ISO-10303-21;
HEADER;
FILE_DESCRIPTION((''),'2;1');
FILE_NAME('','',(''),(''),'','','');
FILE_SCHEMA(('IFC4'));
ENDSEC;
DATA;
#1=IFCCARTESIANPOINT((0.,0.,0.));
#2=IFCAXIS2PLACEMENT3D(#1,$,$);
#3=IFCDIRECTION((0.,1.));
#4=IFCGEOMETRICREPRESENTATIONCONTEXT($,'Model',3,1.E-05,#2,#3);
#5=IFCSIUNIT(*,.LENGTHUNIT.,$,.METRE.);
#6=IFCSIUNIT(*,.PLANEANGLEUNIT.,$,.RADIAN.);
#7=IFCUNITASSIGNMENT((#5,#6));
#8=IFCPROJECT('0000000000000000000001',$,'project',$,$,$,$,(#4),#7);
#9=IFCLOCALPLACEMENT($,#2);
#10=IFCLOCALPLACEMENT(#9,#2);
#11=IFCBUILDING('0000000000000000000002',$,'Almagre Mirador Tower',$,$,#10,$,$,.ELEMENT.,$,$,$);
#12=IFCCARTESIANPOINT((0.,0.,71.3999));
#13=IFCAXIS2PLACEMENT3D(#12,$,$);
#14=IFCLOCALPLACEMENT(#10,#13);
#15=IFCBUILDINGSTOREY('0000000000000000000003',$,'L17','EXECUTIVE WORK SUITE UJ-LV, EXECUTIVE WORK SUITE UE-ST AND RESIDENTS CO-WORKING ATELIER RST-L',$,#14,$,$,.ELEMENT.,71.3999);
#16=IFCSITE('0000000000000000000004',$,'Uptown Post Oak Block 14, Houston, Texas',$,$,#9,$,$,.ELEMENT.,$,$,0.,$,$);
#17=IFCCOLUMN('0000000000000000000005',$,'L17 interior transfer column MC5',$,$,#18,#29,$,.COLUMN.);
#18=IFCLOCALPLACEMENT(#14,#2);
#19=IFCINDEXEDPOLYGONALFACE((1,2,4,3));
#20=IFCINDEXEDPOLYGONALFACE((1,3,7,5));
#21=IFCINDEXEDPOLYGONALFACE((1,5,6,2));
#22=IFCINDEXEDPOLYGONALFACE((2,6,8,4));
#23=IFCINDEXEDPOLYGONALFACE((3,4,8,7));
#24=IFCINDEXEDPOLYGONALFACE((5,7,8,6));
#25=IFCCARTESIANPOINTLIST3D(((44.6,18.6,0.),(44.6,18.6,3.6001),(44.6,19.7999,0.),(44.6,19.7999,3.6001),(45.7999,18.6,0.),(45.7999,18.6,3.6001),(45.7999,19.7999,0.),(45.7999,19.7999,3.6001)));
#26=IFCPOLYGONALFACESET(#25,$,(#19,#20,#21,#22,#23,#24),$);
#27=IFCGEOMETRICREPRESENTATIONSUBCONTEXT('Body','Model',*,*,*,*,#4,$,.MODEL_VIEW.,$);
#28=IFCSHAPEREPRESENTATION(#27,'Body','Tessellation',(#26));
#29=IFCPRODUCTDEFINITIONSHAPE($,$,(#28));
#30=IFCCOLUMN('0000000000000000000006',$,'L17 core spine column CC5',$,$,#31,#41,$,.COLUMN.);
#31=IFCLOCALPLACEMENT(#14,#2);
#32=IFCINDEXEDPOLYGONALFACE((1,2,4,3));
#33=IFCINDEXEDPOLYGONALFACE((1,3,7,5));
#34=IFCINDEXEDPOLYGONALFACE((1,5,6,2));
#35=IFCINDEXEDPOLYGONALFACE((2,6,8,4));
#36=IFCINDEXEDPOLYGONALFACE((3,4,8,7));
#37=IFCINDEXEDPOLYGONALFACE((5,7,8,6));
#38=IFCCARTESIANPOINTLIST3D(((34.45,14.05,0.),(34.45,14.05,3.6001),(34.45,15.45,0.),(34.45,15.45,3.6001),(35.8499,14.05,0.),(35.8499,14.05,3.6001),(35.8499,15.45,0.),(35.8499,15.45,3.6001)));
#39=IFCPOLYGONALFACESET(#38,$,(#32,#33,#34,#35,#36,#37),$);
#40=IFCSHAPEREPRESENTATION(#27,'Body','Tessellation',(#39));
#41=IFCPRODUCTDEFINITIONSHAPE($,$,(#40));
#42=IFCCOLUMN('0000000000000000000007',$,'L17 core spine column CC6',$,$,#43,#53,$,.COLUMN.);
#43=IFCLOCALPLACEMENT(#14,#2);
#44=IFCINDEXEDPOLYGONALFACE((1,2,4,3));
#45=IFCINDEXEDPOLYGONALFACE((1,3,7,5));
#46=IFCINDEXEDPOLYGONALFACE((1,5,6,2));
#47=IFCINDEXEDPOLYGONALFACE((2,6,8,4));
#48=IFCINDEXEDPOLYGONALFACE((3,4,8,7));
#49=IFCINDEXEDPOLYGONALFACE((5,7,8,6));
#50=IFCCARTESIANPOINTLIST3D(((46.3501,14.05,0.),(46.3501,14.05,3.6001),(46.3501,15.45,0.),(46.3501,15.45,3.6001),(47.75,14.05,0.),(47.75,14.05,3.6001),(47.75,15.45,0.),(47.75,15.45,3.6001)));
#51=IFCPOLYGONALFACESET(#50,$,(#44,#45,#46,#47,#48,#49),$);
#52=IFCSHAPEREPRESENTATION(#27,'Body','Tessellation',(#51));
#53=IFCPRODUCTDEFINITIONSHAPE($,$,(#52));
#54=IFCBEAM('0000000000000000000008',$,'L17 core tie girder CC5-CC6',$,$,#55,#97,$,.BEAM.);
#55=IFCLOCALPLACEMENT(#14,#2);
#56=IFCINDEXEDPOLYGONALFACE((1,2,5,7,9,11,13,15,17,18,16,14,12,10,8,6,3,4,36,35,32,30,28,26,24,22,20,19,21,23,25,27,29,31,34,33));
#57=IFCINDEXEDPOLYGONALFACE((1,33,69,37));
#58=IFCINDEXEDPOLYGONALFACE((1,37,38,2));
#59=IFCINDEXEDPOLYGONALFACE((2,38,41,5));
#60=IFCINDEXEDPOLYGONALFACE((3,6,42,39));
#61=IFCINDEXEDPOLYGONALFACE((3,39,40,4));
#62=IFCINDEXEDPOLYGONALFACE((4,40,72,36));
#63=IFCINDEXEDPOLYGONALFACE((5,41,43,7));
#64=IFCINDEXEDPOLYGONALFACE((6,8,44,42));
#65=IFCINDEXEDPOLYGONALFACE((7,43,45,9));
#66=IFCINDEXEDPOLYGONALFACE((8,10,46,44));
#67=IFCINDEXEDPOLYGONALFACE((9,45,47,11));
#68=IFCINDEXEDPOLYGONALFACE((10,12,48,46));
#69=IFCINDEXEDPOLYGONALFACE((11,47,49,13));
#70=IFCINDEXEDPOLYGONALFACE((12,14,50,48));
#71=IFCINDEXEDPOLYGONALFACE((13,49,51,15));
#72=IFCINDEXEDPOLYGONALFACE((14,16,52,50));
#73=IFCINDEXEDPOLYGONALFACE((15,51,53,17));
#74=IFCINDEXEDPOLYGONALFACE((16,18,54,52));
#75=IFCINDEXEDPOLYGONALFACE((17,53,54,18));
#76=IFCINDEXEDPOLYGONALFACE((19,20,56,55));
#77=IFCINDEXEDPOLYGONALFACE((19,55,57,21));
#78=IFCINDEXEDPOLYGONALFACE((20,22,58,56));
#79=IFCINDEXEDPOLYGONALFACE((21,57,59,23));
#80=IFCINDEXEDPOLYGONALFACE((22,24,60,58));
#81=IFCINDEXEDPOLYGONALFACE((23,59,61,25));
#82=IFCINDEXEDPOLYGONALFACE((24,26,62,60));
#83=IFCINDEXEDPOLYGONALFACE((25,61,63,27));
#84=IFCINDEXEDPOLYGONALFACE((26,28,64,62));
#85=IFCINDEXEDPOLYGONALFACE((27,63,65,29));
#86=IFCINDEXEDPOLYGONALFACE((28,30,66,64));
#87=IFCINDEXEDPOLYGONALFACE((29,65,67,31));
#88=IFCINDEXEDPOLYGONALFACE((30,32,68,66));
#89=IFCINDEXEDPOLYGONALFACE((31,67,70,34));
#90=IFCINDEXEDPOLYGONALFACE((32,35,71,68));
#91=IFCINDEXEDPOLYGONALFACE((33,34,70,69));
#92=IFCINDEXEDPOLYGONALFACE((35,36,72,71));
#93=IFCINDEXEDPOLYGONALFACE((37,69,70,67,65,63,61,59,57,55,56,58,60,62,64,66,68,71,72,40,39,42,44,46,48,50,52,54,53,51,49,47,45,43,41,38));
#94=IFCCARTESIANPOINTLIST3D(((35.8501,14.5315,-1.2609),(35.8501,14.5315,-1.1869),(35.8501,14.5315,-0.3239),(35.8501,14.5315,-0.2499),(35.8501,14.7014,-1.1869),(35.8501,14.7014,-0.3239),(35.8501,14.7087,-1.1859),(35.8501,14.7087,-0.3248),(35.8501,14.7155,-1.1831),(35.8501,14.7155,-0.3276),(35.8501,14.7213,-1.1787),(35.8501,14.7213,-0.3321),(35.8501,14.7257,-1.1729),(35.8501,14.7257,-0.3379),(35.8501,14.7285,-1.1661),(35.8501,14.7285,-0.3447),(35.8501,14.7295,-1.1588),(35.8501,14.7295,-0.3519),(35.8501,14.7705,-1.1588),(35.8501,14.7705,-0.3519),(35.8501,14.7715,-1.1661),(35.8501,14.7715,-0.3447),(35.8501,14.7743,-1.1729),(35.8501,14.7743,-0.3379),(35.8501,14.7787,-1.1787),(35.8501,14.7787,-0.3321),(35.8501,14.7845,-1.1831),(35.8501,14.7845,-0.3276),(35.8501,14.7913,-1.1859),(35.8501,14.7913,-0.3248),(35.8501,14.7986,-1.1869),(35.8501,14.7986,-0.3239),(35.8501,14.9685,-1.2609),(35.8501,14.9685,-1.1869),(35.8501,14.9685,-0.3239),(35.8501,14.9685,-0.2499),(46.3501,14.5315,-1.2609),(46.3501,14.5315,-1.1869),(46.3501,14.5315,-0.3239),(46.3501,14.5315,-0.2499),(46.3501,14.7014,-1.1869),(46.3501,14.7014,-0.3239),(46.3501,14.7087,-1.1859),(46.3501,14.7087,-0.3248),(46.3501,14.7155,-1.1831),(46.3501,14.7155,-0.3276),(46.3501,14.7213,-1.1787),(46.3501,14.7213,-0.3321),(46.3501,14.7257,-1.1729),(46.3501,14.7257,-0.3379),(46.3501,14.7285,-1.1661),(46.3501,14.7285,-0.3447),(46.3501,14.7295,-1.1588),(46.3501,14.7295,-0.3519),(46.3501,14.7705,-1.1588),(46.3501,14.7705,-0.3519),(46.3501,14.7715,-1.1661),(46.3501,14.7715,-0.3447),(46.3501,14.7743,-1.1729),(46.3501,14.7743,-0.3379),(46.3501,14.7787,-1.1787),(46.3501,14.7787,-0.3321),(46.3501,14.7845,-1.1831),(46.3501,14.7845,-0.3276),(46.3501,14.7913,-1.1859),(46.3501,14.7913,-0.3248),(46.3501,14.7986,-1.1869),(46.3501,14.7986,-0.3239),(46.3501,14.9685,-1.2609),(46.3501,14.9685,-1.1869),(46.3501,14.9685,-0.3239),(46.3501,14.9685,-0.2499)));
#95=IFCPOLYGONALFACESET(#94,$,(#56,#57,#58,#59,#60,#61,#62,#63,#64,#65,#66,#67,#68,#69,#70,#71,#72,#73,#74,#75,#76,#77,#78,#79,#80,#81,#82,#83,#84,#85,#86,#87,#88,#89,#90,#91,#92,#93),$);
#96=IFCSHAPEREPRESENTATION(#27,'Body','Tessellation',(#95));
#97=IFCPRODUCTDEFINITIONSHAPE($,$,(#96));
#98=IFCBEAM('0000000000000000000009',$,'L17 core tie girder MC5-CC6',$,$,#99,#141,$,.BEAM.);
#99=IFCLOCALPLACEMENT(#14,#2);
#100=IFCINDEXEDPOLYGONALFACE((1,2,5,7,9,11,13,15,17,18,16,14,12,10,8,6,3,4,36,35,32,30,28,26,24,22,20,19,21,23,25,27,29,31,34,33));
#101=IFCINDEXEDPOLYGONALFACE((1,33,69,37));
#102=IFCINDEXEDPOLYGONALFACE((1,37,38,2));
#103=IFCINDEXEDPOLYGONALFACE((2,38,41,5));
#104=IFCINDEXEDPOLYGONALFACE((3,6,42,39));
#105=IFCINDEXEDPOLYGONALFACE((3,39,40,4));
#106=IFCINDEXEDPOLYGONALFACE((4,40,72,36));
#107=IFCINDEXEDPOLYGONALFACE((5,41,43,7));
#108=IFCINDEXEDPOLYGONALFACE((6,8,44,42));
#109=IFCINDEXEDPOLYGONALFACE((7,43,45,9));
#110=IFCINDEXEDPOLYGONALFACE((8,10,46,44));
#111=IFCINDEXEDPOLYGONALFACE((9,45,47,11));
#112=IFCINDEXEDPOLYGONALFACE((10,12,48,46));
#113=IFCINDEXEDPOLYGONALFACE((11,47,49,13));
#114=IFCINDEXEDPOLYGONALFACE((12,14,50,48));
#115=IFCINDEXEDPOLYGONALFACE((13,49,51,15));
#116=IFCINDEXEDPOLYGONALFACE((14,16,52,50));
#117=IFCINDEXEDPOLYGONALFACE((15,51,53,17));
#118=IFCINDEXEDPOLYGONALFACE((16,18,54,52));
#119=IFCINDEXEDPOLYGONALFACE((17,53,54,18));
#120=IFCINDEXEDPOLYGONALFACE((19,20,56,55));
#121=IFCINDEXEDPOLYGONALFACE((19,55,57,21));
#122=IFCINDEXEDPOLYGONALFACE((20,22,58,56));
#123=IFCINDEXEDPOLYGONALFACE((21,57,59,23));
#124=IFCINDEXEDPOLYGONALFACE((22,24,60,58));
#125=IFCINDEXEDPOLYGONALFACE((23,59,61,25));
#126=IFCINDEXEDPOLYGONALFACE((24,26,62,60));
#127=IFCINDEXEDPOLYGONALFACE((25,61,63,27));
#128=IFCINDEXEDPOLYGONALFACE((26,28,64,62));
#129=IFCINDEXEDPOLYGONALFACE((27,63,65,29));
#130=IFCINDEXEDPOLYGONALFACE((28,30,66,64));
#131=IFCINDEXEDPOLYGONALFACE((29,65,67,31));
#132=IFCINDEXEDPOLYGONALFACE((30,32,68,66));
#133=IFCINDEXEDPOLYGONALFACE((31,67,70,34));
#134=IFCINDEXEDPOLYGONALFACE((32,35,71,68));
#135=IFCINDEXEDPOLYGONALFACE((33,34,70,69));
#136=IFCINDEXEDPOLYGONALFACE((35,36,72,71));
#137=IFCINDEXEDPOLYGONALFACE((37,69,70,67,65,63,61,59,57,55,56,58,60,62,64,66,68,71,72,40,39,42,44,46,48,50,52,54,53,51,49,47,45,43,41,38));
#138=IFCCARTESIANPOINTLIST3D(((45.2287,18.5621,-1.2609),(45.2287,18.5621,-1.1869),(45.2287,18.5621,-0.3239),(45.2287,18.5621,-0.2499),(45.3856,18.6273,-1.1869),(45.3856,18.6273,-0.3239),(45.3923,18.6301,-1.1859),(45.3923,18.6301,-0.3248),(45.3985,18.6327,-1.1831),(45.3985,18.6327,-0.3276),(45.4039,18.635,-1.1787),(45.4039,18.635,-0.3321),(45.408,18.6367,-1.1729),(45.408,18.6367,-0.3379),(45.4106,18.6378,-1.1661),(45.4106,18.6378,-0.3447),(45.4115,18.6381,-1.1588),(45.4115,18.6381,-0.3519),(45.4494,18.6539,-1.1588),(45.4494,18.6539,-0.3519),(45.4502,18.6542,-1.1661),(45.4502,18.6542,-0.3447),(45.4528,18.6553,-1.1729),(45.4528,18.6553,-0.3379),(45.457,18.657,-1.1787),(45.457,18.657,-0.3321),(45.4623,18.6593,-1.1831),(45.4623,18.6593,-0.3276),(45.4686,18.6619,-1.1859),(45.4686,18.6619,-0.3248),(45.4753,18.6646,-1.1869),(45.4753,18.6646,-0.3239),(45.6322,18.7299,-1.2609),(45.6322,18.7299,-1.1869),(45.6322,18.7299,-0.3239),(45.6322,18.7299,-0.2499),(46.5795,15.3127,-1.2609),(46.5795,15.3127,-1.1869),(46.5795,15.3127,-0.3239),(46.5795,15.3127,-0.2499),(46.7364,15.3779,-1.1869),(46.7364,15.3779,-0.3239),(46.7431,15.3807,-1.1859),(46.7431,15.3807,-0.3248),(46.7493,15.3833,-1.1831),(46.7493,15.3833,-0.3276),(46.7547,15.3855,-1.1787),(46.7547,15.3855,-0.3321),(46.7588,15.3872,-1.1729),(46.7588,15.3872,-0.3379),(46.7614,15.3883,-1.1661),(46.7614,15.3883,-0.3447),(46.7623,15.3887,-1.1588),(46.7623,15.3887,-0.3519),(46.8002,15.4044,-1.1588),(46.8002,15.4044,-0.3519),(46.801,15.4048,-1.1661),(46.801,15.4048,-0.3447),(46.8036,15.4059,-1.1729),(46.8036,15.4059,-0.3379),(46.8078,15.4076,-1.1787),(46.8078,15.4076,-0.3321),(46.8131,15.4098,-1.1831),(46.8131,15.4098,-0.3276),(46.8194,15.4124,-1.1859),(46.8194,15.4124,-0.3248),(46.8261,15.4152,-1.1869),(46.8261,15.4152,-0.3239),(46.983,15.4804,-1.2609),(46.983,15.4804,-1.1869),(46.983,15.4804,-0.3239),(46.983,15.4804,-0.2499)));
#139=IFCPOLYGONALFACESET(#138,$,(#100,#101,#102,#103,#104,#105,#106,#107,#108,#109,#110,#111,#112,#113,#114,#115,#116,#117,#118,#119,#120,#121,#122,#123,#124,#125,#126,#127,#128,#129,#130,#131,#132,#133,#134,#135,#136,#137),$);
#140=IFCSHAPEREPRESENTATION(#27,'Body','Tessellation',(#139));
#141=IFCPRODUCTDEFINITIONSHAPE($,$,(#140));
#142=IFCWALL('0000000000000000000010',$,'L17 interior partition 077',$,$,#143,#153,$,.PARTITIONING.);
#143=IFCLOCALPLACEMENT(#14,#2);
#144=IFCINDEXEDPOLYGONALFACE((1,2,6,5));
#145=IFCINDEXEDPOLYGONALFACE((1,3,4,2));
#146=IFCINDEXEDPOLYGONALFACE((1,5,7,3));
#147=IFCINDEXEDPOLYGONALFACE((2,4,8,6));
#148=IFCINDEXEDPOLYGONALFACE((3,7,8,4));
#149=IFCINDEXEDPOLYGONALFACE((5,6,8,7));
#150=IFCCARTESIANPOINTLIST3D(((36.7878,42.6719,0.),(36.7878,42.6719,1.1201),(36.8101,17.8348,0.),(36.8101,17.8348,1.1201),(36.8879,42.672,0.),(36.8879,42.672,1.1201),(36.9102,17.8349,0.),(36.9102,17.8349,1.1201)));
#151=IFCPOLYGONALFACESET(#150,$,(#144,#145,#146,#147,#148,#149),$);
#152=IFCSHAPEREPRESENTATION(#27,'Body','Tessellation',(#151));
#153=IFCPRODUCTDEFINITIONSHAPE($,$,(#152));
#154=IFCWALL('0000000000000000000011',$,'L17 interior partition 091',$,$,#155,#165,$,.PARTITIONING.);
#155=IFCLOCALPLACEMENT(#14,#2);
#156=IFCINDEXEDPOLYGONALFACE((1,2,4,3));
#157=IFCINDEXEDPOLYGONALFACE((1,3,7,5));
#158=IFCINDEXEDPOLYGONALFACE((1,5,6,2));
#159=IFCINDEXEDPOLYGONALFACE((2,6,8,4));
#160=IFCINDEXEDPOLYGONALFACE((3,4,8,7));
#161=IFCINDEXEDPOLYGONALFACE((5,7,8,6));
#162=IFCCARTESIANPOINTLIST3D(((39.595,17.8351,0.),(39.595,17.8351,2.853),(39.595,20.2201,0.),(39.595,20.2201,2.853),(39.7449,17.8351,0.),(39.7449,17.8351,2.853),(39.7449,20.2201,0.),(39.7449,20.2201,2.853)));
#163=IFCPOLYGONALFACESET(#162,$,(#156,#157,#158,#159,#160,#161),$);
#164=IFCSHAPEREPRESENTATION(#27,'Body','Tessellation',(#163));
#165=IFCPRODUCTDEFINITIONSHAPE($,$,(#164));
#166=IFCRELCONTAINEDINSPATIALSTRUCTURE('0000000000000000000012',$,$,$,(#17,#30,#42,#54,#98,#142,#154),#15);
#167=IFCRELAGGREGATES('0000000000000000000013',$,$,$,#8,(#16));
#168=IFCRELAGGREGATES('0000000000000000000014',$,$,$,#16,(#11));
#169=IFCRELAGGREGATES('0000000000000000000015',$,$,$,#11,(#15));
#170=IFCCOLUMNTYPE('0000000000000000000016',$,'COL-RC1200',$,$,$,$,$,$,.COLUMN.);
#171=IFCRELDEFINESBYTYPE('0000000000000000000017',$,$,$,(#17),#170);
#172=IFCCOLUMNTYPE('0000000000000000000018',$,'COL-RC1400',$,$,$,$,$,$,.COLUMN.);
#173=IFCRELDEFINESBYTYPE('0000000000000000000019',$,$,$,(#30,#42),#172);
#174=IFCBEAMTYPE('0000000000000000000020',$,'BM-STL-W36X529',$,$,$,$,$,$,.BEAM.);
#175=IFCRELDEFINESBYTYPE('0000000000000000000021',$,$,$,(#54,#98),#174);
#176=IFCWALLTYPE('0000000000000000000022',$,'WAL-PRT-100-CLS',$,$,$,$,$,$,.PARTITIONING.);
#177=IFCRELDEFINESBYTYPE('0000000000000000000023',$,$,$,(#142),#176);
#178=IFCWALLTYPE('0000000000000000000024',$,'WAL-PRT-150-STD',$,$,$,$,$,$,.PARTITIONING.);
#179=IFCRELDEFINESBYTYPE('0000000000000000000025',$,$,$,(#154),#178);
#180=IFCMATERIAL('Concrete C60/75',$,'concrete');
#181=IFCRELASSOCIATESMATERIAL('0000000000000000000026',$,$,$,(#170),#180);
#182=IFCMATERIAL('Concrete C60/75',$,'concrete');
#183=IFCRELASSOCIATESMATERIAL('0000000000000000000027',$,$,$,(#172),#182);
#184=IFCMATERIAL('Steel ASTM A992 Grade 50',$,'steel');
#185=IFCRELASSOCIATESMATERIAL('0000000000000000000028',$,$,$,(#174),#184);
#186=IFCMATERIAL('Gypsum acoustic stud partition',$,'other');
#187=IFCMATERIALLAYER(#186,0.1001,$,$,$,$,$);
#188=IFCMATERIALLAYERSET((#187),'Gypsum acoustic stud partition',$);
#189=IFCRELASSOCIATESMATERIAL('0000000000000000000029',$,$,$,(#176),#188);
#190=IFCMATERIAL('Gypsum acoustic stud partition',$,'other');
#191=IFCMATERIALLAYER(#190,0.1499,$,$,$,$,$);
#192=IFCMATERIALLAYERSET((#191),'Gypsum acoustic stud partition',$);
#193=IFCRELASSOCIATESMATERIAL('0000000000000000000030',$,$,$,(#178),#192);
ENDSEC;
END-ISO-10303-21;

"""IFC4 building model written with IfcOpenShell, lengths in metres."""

from ifc_helpers import new_model, si_unit, direction, frame, frame_2d, origin, origin_2d, place, context, subcontext, project, spatial, rectangle, i_section, extrude, material, layer, layer_set, material_profile, profile_set, type_object, element, save


model = new_model("IFC4")

# Units and contexts
model_context = context("Model", 3, precision=1e-05, world=origin(), true_north=direction((0.0, 1.0)))
body_context = subcontext(model_context, "Body", "Model", "MODEL_VIEW")
ifc_project = project(units=[si_unit("LENGTHUNIT", "METRE"), si_unit("PLANEANGLEUNIT", "RADIAN")], contexts=[model_context])

# Site, building, storey
site_placement = place(None, origin())
site = spatial("IfcSite", under=ifc_project, at=site_placement, Name="Uptown Post Oak Block 14, Houston, Texas", CompositionType="ELEMENT", RefElevation=0.0)
building_placement = place(site_placement, origin())
building = spatial("IfcBuilding", under=site, at=building_placement, Name="Almagre Mirador Tower", CompositionType="ELEMENT")
storey_placement = place(building_placement, frame((0.0, 0.0, 71.3999)))
storey = spatial("IfcBuildingStorey", under=building, at=storey_placement, Name="L17", Description="EXECUTIVE WORK SUITE UJ-LV, EXECUTIVE WORK SUITE UE-ST AND RESIDENTS CO-WORKING ATELIER RST-L", CompositionType="ELEMENT", Elevation=71.3999)

# Columns
ifc_material_1 = material(Name="Concrete C60/75", Category="concrete")
ifc_material_profile_1 = material_profile(ifc_material_1, rectangle(XDim=1.2, YDim=1.2, at=origin_2d()), Name="RC1200X1200")
ifc_profile_set_1 = profile_set([ifc_material_profile_1], Name="Concrete C60/75")
column_type_1 = type_object("IfcColumnType", Name="COL-RC1200", PredefinedType="COLUMN", material=ifc_profile_set_1)
column_placement = place(storey_placement, frame((45.2, 19.2, 0.0), z_axis=(0.0, 0.0, 1.0), x_axis=(1.0, 0.0, 0.0)))
element("IfcColumn", 1, at=column_placement, inside=storey, type_object=column_type_1, Name="L17 interior transfer column MC5", PredefinedType="COLUMN", context=body_context, shape_type="SweptSolid", body=[
    extrude(rectangle(XDim=1.2, YDim=1.2, at=origin_2d()), origin(), (0.0, 0.0, 1.0), 3.6001),
])
ifc_material_2 = material(Name="Concrete C60/75", Category="concrete")
ifc_material_profile_2 = material_profile(ifc_material_2, rectangle(XDim=1.3999, YDim=1.3999, at=origin_2d()), Name="RC1400X1400")
ifc_profile_set_2 = profile_set([ifc_material_profile_2], Name="Concrete C60/75")
column_type_2 = type_object("IfcColumnType", Name="COL-RC1400", PredefinedType="COLUMN", material=ifc_profile_set_2)
for number, where, z_axis, x_axis, name in (
    (2, (35.1499, 14.75, 0.0), (0.0, 0.0, 1.0), (1.0, 0.0, 0.0), "L17 core spine column CC5"),
    (3, (47.05, 14.75, 0.0), (0.0, 0.0, 1.0), (1.0, 0.0, 0.0), "L17 core spine column CC6"),
):
    element("IfcColumn", number, at=place(storey_placement, frame(where, z_axis=z_axis, x_axis=x_axis)), inside=storey, type_object=column_type_2, Name=name, PredefinedType="COLUMN", context=body_context, shape_type="SweptSolid", body=[
        extrude(rectangle(XDim=1.3999, YDim=1.3999, at=origin_2d()), origin(), (0.0, 0.0, 1.0), 3.6001),
    ])

# Beams
ifc_material_3 = material(Name="Steel ASTM A992 Grade 50", Category="steel")
ifc_material_profile_3 = material_profile(ifc_material_3, i_section(OverallWidth=0.437, OverallDepth=1.011, WebThickness=0.041, FlangeThickness=0.074, FilletRadius=0.0281, at=origin_2d()), Name="W36X529")
ifc_profile_set_3 = profile_set([ifc_material_profile_3], Name="Steel ASTM A992 Grade 50")
beam_type = type_object("IfcBeamType", Name="BM-STL-W36X529", PredefinedType="BEAM", material=ifc_profile_set_3)
beam_1_placement = place(storey_placement, frame((35.8501, 14.75, -0.7554), z_axis=(1.0, 0.0, 0.0), x_axis=(0.0, 1.0, 0.0)))
element("IfcBeam", 4, at=beam_1_placement, inside=storey, type_object=beam_type, Name="L17 core tie girder CC5-CC6", PredefinedType="BEAM", context=body_context, shape_type="SweptSolid", body=[
    extrude(i_section(OverallWidth=0.437, OverallDepth=1.011, WebThickness=0.041, FlangeThickness=0.074, FilletRadius=0.0281, at=origin_2d()), origin(), (0.0, 0.0, 1.0), 10.5),
])
beam_2_placement = place(storey_placement, frame((45.4304, 18.646, -0.7554), z_axis=(0.383857, -0.923393, 0.0), x_axis=(0.923393, 0.383857, 0.0)))
element("IfcBeam", 5, at=beam_2_placement, inside=storey, type_object=beam_type, Name="L17 core tie girder MC5-CC6", PredefinedType="BEAM", context=body_context, shape_type="SweptSolid", body=[
    extrude(i_section(OverallWidth=0.437, OverallDepth=1.011, WebThickness=0.041, FlangeThickness=0.074, FilletRadius=0.0281, at=origin_2d()), origin(), (0.0, 0.0, 1.0), 3.519),
])

# Walls
ifc_material_4 = material(Name="Gypsum acoustic stud partition", Category="other")
ifc_layer_1 = layer(ifc_material_4, 0.1001)
ifc_layer_set_1 = layer_set([ifc_layer_1], Name="Gypsum acoustic stud partition")
wall_type_1 = type_object("IfcWallType", Name="WAL-PRT-100-CLS", PredefinedType="PARTITIONING", material=ifc_layer_set_1)
wall_1_placement = place(storey_placement, frame((36.8601, 17.835, 0.0), z_axis=(0.0, 0.0, 1.0), x_axis=(-0.000894, 1.0, 0.0)))
element("IfcWall", 6, at=wall_1_placement, inside=storey, type_object=wall_type_1, Name="L17 interior partition 077", PredefinedType="PARTITIONING", context=body_context, shape_type="SweptSolid", body=[
    extrude(rectangle(XDim=24.8372, YDim=0.1001, at=frame_2d((12.4185, 0.0))), origin(), (0.0, 0.0, 1.0), 1.1201),
])
ifc_material_5 = material(Name="Gypsum acoustic stud partition", Category="other")
ifc_layer_2 = layer(ifc_material_5, 0.1499)
ifc_layer_set_2 = layer_set([ifc_layer_2], Name="Gypsum acoustic stud partition")
wall_type_2 = type_object("IfcWallType", Name="WAL-PRT-150-STD", PredefinedType="PARTITIONING", material=ifc_layer_set_2)
wall_2_placement = place(storey_placement, frame((39.6699, 20.22, 0.0), z_axis=(0.0, 0.0, 1.0), x_axis=(0.0, -1.0, 0.0)))
element("IfcWall", 7, at=wall_2_placement, inside=storey, type_object=wall_type_2, Name="L17 interior partition 091", PredefinedType="PARTITIONING", context=body_context, shape_type="SweptSolid", body=[
    extrude(rectangle(XDim=2.385, YDim=0.1499, at=frame_2d((1.1924, 0.0))), origin(), (0.0, 0.0, 1.0), 2.853),
])

save(model, "model.ifc")
